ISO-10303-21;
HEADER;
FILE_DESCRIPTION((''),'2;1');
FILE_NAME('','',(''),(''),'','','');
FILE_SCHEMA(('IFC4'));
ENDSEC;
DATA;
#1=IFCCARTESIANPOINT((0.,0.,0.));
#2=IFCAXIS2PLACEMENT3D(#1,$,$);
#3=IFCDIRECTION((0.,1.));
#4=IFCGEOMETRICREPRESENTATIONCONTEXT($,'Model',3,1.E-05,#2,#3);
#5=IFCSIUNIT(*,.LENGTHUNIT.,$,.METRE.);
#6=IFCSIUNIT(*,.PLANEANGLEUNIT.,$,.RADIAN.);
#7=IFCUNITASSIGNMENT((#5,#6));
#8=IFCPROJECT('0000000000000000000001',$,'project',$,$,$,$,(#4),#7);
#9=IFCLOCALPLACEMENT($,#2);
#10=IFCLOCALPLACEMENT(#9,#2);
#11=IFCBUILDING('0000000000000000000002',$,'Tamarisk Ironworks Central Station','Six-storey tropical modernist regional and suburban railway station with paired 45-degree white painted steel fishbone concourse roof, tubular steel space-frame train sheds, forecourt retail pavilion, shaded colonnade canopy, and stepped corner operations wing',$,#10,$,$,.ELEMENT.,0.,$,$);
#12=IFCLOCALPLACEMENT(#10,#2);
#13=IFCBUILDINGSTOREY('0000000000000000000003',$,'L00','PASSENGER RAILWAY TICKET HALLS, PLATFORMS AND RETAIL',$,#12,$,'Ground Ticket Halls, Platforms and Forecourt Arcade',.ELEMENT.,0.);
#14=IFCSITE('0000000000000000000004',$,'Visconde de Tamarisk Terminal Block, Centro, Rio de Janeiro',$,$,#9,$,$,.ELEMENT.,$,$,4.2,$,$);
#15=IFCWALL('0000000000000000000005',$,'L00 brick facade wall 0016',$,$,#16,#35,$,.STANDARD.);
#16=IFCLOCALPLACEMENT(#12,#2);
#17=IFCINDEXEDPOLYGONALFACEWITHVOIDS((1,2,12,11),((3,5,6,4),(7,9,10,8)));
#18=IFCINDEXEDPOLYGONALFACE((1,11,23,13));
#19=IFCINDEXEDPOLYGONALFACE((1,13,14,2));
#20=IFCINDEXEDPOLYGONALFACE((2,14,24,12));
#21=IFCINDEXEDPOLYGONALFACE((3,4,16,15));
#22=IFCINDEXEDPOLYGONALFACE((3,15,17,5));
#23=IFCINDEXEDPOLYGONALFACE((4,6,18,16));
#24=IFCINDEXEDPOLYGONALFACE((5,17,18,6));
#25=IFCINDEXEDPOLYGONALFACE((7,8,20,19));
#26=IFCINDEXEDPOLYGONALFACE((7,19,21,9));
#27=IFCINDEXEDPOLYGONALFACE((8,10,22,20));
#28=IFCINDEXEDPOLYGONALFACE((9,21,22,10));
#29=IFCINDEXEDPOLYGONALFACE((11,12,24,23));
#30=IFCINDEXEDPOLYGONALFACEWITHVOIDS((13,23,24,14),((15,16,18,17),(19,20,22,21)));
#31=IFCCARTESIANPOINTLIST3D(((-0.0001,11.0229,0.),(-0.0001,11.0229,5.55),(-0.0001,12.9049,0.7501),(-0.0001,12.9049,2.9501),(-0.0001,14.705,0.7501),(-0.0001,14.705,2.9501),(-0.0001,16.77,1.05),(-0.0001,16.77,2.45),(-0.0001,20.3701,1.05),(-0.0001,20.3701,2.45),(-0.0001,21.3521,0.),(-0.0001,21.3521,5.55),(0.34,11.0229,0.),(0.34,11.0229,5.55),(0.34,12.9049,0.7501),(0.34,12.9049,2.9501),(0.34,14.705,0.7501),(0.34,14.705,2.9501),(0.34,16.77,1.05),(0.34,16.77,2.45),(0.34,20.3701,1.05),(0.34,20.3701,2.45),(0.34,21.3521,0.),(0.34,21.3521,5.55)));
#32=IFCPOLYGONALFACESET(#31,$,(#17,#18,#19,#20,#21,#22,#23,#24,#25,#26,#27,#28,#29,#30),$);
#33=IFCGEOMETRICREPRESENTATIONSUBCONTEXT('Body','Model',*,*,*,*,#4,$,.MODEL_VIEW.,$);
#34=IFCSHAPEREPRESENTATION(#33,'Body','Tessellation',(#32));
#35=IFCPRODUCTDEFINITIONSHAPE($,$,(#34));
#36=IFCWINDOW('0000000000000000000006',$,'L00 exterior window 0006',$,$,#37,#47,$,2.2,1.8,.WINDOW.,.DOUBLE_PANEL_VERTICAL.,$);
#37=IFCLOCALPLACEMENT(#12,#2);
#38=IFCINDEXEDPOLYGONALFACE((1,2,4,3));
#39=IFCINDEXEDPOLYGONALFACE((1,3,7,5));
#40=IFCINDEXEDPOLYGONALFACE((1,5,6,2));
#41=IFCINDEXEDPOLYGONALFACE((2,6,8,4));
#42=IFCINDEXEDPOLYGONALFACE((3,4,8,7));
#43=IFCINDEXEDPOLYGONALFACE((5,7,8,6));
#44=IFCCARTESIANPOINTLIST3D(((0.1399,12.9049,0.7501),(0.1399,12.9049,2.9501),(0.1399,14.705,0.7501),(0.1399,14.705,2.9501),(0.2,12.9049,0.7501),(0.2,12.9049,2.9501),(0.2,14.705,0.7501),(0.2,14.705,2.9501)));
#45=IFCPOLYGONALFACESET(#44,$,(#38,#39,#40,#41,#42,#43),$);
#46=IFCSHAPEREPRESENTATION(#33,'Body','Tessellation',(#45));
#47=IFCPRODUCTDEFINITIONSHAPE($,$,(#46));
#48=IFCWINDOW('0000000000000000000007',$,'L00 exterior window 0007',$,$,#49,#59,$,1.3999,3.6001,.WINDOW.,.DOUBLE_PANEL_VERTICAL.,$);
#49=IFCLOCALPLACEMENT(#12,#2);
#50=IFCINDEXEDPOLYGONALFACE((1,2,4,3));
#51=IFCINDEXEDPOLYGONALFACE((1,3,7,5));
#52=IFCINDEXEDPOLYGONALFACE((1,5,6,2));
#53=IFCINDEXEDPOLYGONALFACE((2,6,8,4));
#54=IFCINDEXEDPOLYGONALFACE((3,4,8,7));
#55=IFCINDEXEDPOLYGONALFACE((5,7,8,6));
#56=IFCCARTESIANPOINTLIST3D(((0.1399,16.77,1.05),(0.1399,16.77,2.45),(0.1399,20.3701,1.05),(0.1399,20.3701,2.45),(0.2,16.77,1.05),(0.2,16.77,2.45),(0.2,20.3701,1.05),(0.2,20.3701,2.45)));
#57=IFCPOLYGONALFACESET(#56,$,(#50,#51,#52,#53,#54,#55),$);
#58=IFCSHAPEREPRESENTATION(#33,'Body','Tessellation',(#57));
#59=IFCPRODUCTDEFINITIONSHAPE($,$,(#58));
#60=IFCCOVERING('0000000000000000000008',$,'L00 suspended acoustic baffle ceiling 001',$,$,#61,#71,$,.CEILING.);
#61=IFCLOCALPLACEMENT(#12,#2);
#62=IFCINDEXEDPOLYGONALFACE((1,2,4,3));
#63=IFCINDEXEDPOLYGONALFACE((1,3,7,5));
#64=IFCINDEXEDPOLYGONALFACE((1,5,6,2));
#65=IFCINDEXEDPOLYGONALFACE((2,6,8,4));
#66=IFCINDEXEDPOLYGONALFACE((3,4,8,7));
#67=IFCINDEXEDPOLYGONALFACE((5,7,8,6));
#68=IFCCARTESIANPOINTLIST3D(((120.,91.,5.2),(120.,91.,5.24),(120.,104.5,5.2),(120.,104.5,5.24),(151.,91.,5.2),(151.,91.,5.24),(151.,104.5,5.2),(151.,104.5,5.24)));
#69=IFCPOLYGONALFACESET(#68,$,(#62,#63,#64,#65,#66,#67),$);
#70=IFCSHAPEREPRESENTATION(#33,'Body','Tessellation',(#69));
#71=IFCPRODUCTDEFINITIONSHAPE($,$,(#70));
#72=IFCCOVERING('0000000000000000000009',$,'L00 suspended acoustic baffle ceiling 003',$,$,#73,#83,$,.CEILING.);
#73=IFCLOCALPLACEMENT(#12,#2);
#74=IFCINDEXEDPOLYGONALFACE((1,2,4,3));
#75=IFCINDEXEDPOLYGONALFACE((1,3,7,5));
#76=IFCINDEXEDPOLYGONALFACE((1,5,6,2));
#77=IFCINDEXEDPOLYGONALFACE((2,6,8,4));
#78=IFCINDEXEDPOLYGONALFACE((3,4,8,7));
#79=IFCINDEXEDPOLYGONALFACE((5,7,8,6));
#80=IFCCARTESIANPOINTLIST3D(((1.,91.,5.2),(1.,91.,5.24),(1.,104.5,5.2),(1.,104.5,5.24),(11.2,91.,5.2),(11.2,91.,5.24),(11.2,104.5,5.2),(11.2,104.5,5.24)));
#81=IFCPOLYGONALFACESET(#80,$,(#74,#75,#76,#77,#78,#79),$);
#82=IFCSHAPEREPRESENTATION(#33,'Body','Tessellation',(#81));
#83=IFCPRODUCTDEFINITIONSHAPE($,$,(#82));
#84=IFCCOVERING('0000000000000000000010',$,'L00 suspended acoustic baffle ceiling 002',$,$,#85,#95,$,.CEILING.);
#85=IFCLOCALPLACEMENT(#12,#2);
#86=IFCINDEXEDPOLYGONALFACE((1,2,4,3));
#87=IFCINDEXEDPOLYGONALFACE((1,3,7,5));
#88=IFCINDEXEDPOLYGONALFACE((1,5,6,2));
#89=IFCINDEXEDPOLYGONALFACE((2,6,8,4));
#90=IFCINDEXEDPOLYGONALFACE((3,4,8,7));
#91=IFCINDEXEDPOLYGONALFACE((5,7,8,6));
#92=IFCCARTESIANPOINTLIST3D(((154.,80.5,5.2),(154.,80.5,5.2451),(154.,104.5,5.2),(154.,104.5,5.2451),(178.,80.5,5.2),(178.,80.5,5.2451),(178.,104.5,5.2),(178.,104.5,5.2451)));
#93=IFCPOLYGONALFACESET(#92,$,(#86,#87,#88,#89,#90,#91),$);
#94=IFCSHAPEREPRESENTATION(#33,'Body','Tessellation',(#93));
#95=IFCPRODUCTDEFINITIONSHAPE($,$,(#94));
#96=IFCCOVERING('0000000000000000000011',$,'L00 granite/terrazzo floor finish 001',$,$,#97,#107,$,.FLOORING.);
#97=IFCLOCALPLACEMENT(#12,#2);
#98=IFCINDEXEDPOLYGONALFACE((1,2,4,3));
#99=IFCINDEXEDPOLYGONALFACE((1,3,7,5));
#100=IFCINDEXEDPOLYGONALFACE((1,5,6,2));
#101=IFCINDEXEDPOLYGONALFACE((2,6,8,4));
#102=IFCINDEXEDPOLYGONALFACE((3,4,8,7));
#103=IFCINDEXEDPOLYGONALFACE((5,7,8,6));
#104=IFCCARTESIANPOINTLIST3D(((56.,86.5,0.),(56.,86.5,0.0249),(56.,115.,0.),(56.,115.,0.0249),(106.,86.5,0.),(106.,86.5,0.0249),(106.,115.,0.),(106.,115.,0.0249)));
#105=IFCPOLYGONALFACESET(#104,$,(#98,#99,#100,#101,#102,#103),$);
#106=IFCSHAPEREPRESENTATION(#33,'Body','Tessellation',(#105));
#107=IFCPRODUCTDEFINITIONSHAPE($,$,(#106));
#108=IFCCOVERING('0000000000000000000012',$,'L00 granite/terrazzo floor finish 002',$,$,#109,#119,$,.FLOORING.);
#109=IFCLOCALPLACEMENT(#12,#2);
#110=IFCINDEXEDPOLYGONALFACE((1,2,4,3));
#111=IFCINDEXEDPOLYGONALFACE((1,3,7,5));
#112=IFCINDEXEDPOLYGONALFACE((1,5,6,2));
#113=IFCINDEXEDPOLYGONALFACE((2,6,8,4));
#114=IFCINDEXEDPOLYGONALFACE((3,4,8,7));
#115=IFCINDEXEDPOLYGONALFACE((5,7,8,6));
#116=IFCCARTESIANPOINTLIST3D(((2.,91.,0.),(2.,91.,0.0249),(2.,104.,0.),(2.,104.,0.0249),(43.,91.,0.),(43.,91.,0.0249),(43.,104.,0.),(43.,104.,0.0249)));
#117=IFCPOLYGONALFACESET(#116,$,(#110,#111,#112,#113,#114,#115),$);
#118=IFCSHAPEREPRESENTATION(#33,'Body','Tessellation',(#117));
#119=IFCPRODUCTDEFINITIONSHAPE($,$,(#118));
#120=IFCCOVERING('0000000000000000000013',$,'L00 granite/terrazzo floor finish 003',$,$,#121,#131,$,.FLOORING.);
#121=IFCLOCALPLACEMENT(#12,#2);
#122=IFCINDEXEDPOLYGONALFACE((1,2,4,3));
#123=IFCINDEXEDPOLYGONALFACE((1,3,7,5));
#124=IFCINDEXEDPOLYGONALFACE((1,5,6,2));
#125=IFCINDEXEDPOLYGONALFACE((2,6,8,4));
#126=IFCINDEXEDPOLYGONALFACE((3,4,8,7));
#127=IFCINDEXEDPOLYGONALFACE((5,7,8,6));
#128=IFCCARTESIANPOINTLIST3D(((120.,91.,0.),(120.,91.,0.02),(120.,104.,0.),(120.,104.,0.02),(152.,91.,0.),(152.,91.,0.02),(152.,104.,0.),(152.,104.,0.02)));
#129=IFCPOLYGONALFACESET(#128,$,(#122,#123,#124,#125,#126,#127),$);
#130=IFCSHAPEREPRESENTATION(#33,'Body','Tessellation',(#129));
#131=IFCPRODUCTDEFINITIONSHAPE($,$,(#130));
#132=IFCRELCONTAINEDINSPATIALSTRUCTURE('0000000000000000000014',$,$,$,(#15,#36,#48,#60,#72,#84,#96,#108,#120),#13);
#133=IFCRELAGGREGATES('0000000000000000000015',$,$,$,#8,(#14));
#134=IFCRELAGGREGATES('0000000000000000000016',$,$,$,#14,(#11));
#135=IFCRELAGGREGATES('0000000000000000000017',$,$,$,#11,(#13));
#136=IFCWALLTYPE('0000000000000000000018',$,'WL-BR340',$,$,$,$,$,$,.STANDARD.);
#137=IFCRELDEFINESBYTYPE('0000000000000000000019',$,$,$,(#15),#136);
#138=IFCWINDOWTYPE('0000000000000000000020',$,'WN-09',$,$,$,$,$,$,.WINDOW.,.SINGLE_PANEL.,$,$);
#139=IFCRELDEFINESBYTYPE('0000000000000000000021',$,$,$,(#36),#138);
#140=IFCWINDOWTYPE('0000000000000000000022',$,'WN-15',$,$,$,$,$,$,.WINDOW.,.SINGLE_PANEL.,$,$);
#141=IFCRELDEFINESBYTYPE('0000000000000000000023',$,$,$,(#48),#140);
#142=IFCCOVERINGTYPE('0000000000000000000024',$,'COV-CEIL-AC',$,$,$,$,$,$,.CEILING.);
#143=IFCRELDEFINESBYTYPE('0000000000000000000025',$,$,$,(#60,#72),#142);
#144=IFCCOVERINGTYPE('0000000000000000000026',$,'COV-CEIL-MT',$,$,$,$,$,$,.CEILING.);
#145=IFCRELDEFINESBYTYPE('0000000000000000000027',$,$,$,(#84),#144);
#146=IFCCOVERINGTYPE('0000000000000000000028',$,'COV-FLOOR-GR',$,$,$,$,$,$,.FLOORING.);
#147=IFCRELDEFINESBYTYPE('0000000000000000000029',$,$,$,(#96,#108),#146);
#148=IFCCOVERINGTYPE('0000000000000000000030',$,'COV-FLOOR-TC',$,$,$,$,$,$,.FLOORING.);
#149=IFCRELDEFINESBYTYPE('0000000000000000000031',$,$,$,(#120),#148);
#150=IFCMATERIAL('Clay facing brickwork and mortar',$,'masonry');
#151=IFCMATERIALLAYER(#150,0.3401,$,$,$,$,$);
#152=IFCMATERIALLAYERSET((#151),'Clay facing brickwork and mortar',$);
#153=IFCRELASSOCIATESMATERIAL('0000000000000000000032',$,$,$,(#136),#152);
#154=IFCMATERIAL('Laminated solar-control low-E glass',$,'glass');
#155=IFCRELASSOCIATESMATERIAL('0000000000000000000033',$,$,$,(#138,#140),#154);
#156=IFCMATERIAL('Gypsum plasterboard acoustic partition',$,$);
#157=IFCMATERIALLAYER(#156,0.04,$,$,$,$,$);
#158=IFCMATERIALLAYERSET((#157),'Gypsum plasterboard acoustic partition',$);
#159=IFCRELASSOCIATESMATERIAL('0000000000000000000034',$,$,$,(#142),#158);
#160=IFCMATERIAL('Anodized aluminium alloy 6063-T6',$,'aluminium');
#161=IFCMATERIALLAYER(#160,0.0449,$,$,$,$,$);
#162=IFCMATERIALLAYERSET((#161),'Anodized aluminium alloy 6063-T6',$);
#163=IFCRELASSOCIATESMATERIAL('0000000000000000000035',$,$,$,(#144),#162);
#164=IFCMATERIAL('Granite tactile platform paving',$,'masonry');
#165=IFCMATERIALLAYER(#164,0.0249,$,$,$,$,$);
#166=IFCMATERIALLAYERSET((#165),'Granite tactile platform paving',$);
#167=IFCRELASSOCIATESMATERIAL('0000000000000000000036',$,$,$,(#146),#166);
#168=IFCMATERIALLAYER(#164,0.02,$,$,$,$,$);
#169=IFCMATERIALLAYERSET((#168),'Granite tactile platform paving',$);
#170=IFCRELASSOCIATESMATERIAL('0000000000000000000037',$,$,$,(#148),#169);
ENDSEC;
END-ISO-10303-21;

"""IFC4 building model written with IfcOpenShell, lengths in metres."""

from ifc_helpers import new_model, si_unit, direction, frame, frame_2d, origin, place, context, subcontext, project, spatial, polyline, rectangle, outline, extrude, material, layer, layer_set, type_object, element, fill, save


model = new_model("IFC4")

# Units and contexts
model_context = context("Model", 3, precision=1e-05, world=origin(), true_north=direction((0.0, 1.0)))
body_context = subcontext(model_context, "Body", "Model", "MODEL_VIEW")
ifc_project = project(units=[si_unit("LENGTHUNIT", "METRE"), si_unit("PLANEANGLEUNIT", "RADIAN")], contexts=[model_context])

# Site, building, storey
site_placement = place(None, origin())
site = spatial("IfcSite", under=ifc_project, at=site_placement, Name="Visconde de Tamarisk Terminal Block, Centro, Rio de Janeiro", CompositionType="ELEMENT", RefElevation=4.2)
building_placement = place(site_placement, origin())
building = spatial("IfcBuilding", under=site, at=building_placement, Name="Tamarisk Ironworks Central Station", Description="Six-storey tropical modernist regional and suburban railway station with paired 45-degree white painted steel fishbone concourse roof, tubular steel space-frame train sheds, forecourt retail pavilion, shaded colonnade canopy, and stepped corner operations wing", CompositionType="ELEMENT", ElevationOfRefHeight=0.0)
storey_placement = place(building_placement, origin())
storey = spatial("IfcBuildingStorey", under=building, at=storey_placement, Name="L00", Description="PASSENGER RAILWAY TICKET HALLS, PLATFORMS AND RETAIL", LongName="Ground Ticket Halls, Platforms and Forecourt Arcade", CompositionType="ELEMENT", Elevation=0.0)

# Shared definitions
ifc_material_1 = material(Name="Clay facing brickwork and mortar", Category="masonry")

# Wall, openings, windows
ifc_material_2 = material(Name="Laminated solar-control low-E glass", Category="glass")
ifc_layer_1 = layer(ifc_material_1, 0.3401)
ifc_layer_set_1 = layer_set([ifc_layer_1], Name="Clay facing brickwork and mortar")
wall_type_1 = type_object("IfcWallType", Name="WL-BR340", PredefinedType="STANDARD", material=ifc_layer_set_1)
window_type_1 = type_object("IfcWindowType", Name="WN-09", PartitioningType="SINGLE_PANEL", PredefinedType="WINDOW", material=ifc_material_2)
window_type_2 = type_object("IfcWindowType", Name="WN-15", PartitioningType="SINGLE_PANEL", PredefinedType="WINDOW", material=ifc_material_2)
wall_1_placement = place(storey_placement, frame((0.1699, 11.0229, 0.0), z_axis=(0.0, 0.0, 1.0), x_axis=(0.0, 1.0, 0.0)))
wall_1 = element("IfcWall", 1, at=wall_1_placement, inside=storey, type_object=wall_type_1, Name="L00 brick facade wall 0016", PredefinedType="STANDARD", context=body_context, shape_type="SweptSolid", body=[
    extrude(rectangle(XDim=10.3291, YDim=0.3401, at=frame_2d((5.1646, 0.0))), origin(), (0.0, 0.0, 1.0), 5.55),
])
opening_1_placement = place(wall_1_placement, frame((1.8821, 0.0, 0.75)))
opening_1 = element("IfcOpeningElement", 2, at=opening_1_placement, cuts=wall_1, PredefinedType="OPENING", context=body_context, shape_type="SweptSolid", body=[
    extrude(rectangle(XDim=1.8, YDim=2.2, at=frame_2d((0.8999, 1.1001))), frame((0.0, 0.1821, 0.0), z_axis=(0.0, -1.0, 0.0), x_axis=(1.0, 0.0, 0.0)), (0.0, 0.0, 1.0), 0.364),
])
opening_2_placement = place(wall_1_placement, frame((5.7471, 0.0, 1.05)))
opening_2 = element("IfcOpeningElement", 3, at=opening_2_placement, cuts=wall_1, PredefinedType="OPENING", context=body_context, shape_type="SweptSolid", body=[
    extrude(rectangle(XDim=3.6001, YDim=1.3999, at=frame_2d((1.8, 0.7))), frame((0.0, 0.1821, 0.0), z_axis=(0.0, -1.0, 0.0), x_axis=(1.0, 0.0, 0.0)), (0.0, 0.0, 1.0), 0.364),
])
window_1_placement = place(opening_1_placement, origin())
window_1 = element("IfcWindow", 4, at=window_1_placement, inside=storey, type_object=window_type_1, Name="L00 exterior window 0006", OverallHeight=2.2, OverallWidth=1.8, PartitioningType="DOUBLE_PANEL_VERTICAL", PredefinedType="WINDOW", context=body_context, shape_type="SweptSolid", body=[
    extrude(rectangle(XDim=1.8, YDim=2.2, at=frame_2d((0.8999, 1.1001))), frame((0.0, 0.03, 0.0), z_axis=(0.0, -1.0, 0.0), x_axis=(1.0, 0.0, 0.0)), (0.0, 0.0, 1.0), 0.0601),
])
fill(opening_1, window_1)
window_2_placement = place(opening_2_placement, origin())
window_2 = element("IfcWindow", 5, at=window_2_placement, inside=storey, type_object=window_type_2, Name="L00 exterior window 0007", OverallHeight=1.3999, OverallWidth=3.6001, PartitioningType="DOUBLE_PANEL_VERTICAL", PredefinedType="WINDOW", context=body_context, shape_type="SweptSolid", body=[
    extrude(rectangle(XDim=3.6001, YDim=1.3999, at=frame_2d((1.8, 0.7))), frame((0.0, 0.03, 0.0), z_axis=(0.0, -1.0, 0.0), x_axis=(1.0, 0.0, 0.0)), (0.0, 0.0, 1.0), 0.0601),
])
fill(opening_2, window_2)

# Coverings
ifc_material_3 = material(Name="Gypsum plasterboard acoustic partition")
ifc_layer_2 = layer(ifc_material_3, 0.04)
ifc_layer_set_2 = layer_set([ifc_layer_2], Name="Gypsum plasterboard acoustic partition")
covering_type_1 = type_object("IfcCoveringType", Name="COV-CEIL-AC", PredefinedType="CEILING", material=ifc_layer_set_2)
covering_1_placement = place(storey_placement, frame((0.0, 0.0, 5.2)))
element("IfcCovering", 6, at=covering_1_placement, inside=storey, type_object=covering_type_1, Name="L00 suspended acoustic baffle ceiling 001", PredefinedType="CEILING", context=body_context, shape_type="SweptSolid", body=[
    extrude(outline(polyline([(120.0, 91.0), (151.0, 91.0), (151.0, 104.5), (120.0, 104.5), (120.0, 91.0)])), origin(), (0.0, 0.0, 1.0), 0.04),
])
covering_2_placement = place(storey_placement, frame((0.0, 0.0, 5.2)))
element("IfcCovering", 7, at=covering_2_placement, inside=storey, type_object=covering_type_1, Name="L00 suspended acoustic baffle ceiling 003", PredefinedType="CEILING", context=body_context, shape_type="SweptSolid", body=[
    extrude(outline(polyline([(1.0, 91.0), (11.2, 91.0), (11.2, 104.5), (1.0, 104.5), (1.0, 91.0)])), origin(), (0.0, 0.0, 1.0), 0.04),
])
ifc_material_4 = material(Name="Anodized aluminium alloy 6063-T6", Category="aluminium")
ifc_layer_3 = layer(ifc_material_4, 0.0449)
ifc_layer_set_3 = layer_set([ifc_layer_3], Name="Anodized aluminium alloy 6063-T6")
covering_type_2 = type_object("IfcCoveringType", Name="COV-CEIL-MT", PredefinedType="CEILING", material=ifc_layer_set_3)
covering_3_placement = place(storey_placement, frame((0.0, 0.0, 5.2)))
element("IfcCovering", 8, at=covering_3_placement, inside=storey, type_object=covering_type_2, Name="L00 suspended acoustic baffle ceiling 002", PredefinedType="CEILING", context=body_context, shape_type="SweptSolid", body=[
    extrude(outline(polyline([(154.0, 80.5), (178.0, 80.5), (178.0, 104.5), (154.0, 104.5), (154.0, 80.5)])), origin(), (0.0, 0.0, 1.0), 0.0452),
])
ifc_material_5 = material(Name="Granite tactile platform paving", Category="masonry")
ifc_layer_4 = layer(ifc_material_5, 0.0249)
ifc_layer_set_4 = layer_set([ifc_layer_4], Name="Granite tactile platform paving")
covering_type_3 = type_object("IfcCoveringType", Name="COV-FLOOR-GR", PredefinedType="FLOORING", material=ifc_layer_set_4)
covering_4_placement = place(storey_placement, origin())
element("IfcCovering", 9, at=covering_4_placement, inside=storey, type_object=covering_type_3, Name="L00 granite/terrazzo floor finish 001", PredefinedType="FLOORING", context=body_context, shape_type="SweptSolid", body=[
    extrude(outline(polyline([(56.0, 86.5), (106.0, 86.5), (106.0, 115.0), (56.0, 115.0), (56.0, 86.5)])), origin(), (0.0, 0.0, 1.0), 0.0249),
])
covering_5_placement = place(storey_placement, origin())
element("IfcCovering", 10, at=covering_5_placement, inside=storey, type_object=covering_type_3, Name="L00 granite/terrazzo floor finish 002", PredefinedType="FLOORING", context=body_context, shape_type="SweptSolid", body=[
    extrude(outline(polyline([(2.0, 91.0), (43.0, 91.0), (43.0, 104.0), (2.0, 104.0), (2.0, 91.0)])), origin(), (0.0, 0.0, 1.0), 0.0249),
])
ifc_layer_5 = layer(ifc_material_5, 0.02)
ifc_layer_set_5 = layer_set([ifc_layer_5], Name="Granite tactile platform paving")
covering_type_4 = type_object("IfcCoveringType", Name="COV-FLOOR-TC", PredefinedType="FLOORING", material=ifc_layer_set_5)
covering_6_placement = place(storey_placement, origin())
element("IfcCovering", 11, at=covering_6_placement, inside=storey, type_object=covering_type_4, Name="L00 granite/terrazzo floor finish 003", PredefinedType="FLOORING", context=body_context, shape_type="SweptSolid", body=[
    extrude(outline(polyline([(120.0, 91.0), (152.0, 91.0), (152.0, 104.0), (120.0, 104.0), (120.0, 91.0)])), origin(), (0.0, 0.0, 1.0), 0.02),
])

save(model, "model.ifc")
